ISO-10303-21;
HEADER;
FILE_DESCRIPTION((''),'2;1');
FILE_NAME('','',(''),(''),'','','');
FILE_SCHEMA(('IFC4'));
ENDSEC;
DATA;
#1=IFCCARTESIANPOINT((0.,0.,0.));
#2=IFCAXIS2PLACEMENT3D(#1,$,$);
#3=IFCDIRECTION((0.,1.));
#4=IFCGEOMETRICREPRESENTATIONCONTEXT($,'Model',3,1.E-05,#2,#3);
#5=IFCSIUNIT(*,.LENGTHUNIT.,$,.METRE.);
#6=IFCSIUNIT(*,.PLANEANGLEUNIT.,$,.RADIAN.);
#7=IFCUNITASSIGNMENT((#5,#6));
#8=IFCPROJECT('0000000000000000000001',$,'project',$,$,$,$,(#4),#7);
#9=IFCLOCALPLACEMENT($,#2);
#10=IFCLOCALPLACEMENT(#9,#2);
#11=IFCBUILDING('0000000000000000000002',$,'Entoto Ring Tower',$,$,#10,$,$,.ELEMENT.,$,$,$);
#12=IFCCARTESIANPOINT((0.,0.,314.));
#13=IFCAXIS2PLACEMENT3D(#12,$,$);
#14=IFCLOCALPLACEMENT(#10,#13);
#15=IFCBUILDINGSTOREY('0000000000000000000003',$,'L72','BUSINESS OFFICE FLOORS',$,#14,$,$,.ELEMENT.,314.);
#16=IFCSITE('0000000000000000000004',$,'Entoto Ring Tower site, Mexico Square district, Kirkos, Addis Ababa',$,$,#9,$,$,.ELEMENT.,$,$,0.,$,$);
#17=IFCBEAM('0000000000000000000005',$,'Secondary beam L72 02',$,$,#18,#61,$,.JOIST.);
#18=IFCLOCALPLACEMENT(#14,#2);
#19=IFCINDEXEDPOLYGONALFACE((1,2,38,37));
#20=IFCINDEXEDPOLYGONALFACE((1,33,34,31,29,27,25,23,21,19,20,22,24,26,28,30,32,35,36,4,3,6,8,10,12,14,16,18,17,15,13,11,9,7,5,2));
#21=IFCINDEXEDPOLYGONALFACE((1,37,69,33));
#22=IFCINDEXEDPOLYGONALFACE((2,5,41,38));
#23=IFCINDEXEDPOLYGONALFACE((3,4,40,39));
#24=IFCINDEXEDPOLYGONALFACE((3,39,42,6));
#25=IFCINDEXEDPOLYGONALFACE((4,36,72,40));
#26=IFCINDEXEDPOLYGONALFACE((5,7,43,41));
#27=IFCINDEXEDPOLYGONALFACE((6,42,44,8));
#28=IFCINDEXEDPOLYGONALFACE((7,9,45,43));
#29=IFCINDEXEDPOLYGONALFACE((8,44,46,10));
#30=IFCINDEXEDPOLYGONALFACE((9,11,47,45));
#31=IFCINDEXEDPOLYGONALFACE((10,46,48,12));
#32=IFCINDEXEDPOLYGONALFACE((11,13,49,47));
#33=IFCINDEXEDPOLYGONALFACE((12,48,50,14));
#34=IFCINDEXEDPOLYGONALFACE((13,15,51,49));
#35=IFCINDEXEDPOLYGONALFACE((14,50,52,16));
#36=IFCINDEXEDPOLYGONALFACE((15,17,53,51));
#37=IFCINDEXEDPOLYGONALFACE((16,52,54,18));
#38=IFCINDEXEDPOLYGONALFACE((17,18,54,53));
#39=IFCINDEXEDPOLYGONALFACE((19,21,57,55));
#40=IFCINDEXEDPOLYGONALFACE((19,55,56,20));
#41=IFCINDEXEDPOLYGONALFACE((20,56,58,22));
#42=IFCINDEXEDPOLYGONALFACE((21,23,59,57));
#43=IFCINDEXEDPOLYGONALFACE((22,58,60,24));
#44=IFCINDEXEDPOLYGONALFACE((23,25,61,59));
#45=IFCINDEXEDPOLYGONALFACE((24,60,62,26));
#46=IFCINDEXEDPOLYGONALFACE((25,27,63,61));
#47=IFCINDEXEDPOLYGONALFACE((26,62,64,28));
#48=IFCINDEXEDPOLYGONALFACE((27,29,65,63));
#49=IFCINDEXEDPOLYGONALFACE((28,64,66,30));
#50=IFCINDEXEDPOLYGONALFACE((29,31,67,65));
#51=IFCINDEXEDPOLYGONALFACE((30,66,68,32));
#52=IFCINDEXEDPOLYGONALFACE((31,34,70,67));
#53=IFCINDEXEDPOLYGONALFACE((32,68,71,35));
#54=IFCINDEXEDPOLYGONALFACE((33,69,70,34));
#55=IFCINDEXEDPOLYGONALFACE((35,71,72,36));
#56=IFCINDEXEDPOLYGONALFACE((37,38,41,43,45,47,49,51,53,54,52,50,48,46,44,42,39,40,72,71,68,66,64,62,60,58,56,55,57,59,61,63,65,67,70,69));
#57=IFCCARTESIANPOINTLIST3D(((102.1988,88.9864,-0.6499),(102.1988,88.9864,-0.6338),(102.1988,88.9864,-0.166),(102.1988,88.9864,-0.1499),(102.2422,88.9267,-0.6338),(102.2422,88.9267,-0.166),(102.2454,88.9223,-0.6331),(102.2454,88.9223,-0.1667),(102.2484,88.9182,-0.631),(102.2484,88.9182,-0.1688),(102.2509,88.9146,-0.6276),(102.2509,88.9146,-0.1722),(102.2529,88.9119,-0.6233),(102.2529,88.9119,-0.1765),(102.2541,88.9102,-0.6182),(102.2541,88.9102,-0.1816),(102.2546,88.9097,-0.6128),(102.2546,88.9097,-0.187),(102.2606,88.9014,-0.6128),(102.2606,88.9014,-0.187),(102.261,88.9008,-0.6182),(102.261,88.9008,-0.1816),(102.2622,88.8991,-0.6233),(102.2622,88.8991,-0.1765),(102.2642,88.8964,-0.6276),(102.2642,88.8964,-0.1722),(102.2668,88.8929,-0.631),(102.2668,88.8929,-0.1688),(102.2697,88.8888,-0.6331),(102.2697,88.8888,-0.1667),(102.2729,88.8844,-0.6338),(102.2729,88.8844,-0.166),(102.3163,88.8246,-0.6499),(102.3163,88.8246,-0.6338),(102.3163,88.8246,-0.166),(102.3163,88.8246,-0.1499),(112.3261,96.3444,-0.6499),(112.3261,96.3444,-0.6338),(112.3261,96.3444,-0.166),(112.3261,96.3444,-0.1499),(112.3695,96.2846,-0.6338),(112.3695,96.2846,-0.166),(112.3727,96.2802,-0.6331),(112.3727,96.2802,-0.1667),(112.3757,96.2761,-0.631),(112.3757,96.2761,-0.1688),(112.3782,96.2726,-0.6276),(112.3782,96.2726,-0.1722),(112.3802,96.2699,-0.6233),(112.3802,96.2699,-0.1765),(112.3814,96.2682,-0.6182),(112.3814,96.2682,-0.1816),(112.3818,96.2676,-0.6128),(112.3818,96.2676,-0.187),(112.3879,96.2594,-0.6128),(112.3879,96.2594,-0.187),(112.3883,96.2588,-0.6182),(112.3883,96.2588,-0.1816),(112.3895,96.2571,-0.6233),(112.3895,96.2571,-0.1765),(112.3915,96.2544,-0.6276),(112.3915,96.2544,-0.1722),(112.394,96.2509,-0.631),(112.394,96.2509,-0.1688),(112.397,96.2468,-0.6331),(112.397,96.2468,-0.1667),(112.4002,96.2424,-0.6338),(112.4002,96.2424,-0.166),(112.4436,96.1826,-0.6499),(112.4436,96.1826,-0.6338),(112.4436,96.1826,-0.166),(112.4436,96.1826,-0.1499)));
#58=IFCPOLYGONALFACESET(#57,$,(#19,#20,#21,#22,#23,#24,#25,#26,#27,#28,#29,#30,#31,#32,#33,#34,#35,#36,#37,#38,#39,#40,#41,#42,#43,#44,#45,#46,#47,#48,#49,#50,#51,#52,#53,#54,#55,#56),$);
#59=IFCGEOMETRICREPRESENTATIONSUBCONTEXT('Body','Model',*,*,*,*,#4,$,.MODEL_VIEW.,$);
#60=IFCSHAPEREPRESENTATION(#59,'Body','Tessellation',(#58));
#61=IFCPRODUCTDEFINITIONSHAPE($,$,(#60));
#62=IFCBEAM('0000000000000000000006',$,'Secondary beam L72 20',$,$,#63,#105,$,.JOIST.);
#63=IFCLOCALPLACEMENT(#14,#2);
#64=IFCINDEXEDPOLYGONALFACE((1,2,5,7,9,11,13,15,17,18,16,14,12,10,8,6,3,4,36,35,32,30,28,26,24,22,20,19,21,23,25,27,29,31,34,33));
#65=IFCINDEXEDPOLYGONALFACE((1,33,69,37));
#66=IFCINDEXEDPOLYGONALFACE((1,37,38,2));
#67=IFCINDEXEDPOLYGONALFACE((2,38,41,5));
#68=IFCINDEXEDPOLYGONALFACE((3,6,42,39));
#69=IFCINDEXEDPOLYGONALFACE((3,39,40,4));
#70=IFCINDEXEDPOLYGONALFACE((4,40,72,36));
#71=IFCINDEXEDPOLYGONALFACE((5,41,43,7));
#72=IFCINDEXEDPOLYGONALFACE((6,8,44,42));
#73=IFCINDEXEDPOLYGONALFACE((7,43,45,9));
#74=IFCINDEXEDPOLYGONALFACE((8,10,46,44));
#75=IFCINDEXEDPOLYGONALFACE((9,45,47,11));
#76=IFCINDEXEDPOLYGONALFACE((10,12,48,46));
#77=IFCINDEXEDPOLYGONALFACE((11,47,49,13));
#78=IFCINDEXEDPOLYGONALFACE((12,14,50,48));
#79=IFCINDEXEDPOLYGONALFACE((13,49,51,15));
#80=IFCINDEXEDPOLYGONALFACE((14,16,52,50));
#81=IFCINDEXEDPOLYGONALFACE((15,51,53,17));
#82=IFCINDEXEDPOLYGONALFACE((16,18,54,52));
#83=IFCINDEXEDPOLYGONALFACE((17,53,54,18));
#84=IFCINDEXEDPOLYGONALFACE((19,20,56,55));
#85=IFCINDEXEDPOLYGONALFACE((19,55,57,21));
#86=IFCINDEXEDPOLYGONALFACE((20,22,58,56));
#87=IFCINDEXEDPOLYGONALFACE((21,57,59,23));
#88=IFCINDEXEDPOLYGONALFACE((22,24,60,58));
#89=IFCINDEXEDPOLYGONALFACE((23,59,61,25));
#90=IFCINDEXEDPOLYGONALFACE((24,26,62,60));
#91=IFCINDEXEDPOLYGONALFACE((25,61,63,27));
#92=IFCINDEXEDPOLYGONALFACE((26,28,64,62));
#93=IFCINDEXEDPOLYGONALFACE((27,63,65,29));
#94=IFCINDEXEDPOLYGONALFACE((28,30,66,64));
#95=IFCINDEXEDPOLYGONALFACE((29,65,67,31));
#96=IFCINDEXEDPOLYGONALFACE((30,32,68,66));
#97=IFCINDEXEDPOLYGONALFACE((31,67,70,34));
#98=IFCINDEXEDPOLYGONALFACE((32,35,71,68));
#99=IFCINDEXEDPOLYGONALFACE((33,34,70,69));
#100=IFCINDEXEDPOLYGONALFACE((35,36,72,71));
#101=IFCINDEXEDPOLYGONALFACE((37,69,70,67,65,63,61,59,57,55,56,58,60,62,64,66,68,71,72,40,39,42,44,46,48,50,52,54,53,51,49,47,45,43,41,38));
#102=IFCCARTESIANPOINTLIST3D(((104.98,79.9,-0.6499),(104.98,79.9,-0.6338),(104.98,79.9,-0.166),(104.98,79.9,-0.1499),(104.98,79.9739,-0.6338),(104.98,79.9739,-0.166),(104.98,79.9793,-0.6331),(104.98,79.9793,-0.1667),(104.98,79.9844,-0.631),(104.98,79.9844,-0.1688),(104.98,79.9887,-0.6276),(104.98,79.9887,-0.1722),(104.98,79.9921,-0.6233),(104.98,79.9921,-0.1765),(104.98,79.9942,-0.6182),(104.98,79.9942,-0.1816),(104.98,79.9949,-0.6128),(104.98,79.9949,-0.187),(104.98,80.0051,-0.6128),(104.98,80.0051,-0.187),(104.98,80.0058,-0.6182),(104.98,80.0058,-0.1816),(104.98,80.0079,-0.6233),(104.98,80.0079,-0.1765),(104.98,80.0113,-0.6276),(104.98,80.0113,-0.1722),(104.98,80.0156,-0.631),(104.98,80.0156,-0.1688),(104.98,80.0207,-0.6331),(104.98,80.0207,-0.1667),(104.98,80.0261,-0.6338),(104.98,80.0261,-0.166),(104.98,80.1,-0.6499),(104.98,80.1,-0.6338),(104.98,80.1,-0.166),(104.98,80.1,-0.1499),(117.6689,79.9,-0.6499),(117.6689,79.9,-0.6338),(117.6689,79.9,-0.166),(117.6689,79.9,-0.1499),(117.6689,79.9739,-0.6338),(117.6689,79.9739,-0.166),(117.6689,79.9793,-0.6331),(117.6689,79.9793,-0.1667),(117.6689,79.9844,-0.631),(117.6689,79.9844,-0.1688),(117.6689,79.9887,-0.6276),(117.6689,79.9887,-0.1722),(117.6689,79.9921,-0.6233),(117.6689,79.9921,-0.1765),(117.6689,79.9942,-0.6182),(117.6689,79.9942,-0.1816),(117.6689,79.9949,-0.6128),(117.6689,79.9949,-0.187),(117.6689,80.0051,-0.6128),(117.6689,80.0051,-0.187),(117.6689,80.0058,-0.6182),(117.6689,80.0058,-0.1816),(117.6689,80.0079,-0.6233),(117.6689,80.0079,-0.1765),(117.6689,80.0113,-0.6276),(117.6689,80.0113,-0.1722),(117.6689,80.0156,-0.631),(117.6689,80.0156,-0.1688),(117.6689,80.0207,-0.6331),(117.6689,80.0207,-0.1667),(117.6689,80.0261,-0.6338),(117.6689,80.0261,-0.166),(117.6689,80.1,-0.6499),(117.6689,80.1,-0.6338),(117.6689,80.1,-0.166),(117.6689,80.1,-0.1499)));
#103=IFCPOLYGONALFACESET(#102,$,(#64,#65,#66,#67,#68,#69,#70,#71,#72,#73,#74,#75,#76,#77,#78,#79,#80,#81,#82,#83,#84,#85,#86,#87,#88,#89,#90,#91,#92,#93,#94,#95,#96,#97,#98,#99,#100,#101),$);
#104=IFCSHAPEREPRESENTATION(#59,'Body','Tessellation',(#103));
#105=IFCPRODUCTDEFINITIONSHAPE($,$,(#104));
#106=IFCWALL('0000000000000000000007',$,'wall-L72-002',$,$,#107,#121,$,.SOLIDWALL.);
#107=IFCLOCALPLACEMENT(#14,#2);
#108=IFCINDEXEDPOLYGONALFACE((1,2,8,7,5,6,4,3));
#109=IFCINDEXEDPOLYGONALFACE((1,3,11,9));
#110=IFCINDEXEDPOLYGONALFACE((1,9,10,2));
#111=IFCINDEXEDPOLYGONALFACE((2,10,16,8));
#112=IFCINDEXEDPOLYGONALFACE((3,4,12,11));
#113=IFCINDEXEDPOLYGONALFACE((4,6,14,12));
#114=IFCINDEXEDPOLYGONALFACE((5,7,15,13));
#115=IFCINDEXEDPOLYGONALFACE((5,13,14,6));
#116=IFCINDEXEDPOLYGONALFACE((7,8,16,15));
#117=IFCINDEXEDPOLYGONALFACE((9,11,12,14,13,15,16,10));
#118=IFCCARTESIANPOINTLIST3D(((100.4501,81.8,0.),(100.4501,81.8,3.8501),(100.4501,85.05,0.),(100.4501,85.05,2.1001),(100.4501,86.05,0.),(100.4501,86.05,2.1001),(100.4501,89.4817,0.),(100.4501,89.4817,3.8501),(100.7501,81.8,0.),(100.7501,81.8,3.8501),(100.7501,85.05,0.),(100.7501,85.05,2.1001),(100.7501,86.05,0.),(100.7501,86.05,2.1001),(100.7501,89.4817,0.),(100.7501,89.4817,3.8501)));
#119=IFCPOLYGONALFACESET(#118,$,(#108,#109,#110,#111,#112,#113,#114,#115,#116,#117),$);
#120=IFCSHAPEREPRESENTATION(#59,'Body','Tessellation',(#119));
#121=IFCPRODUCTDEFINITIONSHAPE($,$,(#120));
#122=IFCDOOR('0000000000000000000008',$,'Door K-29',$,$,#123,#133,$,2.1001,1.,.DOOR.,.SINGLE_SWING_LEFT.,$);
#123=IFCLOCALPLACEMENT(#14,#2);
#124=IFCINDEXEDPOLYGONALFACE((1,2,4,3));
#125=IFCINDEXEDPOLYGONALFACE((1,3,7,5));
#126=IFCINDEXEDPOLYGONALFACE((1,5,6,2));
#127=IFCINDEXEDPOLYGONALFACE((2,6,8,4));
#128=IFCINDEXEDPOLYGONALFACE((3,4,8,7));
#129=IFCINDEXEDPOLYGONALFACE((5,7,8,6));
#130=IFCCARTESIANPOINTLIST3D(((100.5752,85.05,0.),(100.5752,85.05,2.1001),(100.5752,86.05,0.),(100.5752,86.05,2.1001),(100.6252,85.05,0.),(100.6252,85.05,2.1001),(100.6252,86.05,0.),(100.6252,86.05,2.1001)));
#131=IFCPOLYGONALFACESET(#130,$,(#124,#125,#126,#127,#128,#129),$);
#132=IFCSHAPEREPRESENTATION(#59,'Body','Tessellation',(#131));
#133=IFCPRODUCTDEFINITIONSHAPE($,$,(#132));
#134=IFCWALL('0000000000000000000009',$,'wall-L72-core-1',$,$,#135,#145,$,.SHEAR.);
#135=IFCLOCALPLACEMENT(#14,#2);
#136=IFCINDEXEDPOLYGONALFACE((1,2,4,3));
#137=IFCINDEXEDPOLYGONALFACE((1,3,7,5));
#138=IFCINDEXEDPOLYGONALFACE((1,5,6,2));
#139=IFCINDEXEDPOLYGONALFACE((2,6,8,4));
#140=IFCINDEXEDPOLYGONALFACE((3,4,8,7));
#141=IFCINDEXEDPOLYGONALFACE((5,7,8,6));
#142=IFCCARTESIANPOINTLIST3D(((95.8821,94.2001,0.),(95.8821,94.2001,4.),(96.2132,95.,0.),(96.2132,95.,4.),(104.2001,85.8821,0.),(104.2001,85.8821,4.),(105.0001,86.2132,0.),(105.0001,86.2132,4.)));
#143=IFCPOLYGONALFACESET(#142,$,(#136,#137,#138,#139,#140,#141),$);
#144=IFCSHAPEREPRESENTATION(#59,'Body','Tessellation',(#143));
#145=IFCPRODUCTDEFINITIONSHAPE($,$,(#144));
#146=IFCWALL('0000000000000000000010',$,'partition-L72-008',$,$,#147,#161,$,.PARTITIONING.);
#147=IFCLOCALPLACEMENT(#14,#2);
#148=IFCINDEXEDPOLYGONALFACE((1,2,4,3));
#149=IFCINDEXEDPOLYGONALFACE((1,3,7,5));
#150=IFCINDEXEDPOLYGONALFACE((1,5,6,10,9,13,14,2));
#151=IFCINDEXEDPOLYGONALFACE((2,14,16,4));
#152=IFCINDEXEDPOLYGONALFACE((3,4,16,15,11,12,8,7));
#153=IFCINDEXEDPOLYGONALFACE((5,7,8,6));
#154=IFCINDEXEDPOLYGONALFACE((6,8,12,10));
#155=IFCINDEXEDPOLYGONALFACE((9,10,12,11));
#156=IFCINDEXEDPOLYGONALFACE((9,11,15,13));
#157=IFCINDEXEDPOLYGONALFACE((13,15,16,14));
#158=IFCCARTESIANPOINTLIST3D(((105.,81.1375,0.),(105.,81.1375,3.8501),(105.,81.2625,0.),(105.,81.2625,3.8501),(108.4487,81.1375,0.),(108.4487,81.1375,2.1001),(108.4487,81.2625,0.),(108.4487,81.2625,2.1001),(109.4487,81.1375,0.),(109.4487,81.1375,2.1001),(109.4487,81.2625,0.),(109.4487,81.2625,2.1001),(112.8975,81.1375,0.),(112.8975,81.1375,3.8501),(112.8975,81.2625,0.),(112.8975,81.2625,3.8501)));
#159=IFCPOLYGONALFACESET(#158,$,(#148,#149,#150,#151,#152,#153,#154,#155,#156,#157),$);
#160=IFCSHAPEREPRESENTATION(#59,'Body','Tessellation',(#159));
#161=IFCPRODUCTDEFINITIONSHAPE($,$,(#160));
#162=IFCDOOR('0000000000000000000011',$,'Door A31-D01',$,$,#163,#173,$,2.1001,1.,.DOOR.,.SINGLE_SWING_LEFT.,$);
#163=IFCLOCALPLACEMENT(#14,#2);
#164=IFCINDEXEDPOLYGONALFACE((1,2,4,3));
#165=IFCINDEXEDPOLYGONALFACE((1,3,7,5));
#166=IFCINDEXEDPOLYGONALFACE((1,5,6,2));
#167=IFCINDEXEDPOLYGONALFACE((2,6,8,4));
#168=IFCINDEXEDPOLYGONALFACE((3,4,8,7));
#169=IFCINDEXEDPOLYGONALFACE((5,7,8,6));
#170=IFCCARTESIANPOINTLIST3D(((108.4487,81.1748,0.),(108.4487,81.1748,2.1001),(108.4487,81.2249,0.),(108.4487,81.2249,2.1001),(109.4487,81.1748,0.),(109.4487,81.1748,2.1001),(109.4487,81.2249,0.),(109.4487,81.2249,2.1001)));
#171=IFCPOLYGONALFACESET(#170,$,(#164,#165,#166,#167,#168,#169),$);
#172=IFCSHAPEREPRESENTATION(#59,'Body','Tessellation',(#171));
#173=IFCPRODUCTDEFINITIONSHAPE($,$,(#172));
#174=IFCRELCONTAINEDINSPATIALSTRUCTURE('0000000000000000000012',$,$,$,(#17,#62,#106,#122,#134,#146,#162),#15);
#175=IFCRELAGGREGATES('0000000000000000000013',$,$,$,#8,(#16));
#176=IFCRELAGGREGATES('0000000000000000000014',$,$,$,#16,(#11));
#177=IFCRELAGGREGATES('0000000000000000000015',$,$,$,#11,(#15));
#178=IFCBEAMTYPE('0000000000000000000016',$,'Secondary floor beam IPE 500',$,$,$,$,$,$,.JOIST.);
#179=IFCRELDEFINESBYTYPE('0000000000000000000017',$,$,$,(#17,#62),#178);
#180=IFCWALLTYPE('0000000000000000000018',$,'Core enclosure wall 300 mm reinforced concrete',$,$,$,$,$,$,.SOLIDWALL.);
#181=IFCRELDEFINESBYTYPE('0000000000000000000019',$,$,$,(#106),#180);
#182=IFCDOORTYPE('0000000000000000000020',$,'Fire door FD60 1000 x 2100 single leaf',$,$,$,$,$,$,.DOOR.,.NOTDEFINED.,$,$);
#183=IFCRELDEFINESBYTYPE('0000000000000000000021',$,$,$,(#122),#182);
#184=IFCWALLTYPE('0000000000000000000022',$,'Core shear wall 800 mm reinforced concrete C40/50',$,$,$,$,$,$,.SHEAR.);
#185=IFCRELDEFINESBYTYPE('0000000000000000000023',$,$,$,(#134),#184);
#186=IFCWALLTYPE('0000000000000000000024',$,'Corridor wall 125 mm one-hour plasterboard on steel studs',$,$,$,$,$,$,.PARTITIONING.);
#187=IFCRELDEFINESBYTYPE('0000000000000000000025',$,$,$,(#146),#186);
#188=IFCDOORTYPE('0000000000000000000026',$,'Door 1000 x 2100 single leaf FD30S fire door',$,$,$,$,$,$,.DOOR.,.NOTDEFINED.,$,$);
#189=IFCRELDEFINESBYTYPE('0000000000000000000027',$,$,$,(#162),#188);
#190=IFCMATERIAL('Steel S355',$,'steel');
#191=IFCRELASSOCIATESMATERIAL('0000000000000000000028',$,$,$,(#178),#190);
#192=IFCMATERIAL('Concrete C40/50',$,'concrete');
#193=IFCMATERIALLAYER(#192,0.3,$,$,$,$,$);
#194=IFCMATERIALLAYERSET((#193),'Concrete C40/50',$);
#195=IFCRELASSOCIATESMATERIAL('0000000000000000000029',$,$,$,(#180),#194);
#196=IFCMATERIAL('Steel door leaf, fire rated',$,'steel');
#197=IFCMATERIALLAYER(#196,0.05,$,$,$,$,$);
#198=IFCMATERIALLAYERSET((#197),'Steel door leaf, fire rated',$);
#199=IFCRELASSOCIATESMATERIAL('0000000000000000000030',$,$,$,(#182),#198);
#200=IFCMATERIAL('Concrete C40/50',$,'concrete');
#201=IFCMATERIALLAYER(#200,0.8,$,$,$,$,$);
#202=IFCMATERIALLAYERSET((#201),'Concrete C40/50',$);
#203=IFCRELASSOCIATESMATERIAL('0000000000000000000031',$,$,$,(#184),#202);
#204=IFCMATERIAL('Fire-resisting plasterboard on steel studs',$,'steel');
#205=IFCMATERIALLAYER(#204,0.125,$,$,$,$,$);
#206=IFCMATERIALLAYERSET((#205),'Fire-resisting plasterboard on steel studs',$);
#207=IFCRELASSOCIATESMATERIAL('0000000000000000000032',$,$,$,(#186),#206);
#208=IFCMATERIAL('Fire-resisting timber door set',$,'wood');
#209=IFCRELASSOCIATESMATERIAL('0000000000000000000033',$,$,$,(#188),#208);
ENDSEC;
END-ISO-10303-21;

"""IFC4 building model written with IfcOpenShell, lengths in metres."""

from ifc_helpers import new_model, si_unit, direction, frame, frame_2d, origin, origin_2d, place, context, subcontext, project, spatial, polyline, rectangle, i_section, outline, extrude, material, layer, layer_set, material_profile, profile_set, type_object, element, fill, save


model = new_model("IFC4")

# Units and contexts
model_context = context("Model", 3, precision=1e-05, world=origin(), true_north=direction((0.0, 1.0)))
body_context = subcontext(model_context, "Body", "Model", "MODEL_VIEW")
ifc_project = project(units=[si_unit("LENGTHUNIT", "METRE"), si_unit("PLANEANGLEUNIT", "RADIAN")], contexts=[model_context])

# Site, building, storey
site_placement = place(None, origin())
site = spatial("IfcSite", under=ifc_project, at=site_placement, Name="Entoto Ring Tower site, Mexico Square district, Kirkos, Addis Ababa", CompositionType="ELEMENT", RefElevation=0.0)
building_placement = place(site_placement, origin())
building = spatial("IfcBuilding", under=site, at=building_placement, Name="Entoto Ring Tower", CompositionType="ELEMENT")
storey_placement = place(building_placement, frame((0.0, 0.0, 314.0)))
storey = spatial("IfcBuildingStorey", under=building, at=storey_placement, Name="L72", Description="BUSINESS OFFICE FLOORS", CompositionType="ELEMENT", Elevation=314.0)

# Beams
ifc_material_1 = material(Name="Steel S355", Category="steel")
ifc_material_profile_1 = material_profile(ifc_material_1, i_section(OverallWidth=0.2, OverallDepth=0.5, WebThickness=0.0103, FlangeThickness=0.0161, FilletRadius=0.021, at=origin_2d()), Name="IPE 500")
ifc_profile_set_1 = profile_set([ifc_material_profile_1], Name="Steel S355")
beam_type_1 = type_object("IfcBeamType", Name="Secondary floor beam IPE 500", PredefinedType="JOIST", material=ifc_profile_set_1)
beam_1_placement = place(storey_placement, frame((102.2576, 88.9055, -0.3999), z_axis=(0.809014, 0.587789, 0.0), x_axis=(-0.587789, 0.809014, 0.0)))
element("IfcBeam", 1, at=beam_1_placement, inside=storey, type_object=beam_type_1, Name="Secondary beam L72 02", PredefinedType="JOIST", context=body_context, shape_type="SweptSolid", body=[
    extrude(i_section(OverallWidth=0.2, OverallDepth=0.5, WebThickness=0.0103, FlangeThickness=0.0161, FilletRadius=0.021, at=origin_2d()), origin(), (0.0, 0.0, 1.0), 12.5181),
])
beam_2_placement = place(storey_placement, frame((104.98, 80.0, -0.3999), z_axis=(1.0, 0.0, 0.0), x_axis=(0.0, 1.0, 0.0)))
element("IfcBeam", 2, at=beam_2_placement, inside=storey, type_object=beam_type_1, Name="Secondary beam L72 20", PredefinedType="JOIST", context=body_context, shape_type="SweptSolid", body=[
    extrude(i_section(OverallWidth=0.2, OverallDepth=0.5, WebThickness=0.0103, FlangeThickness=0.0161, FilletRadius=0.021, at=origin_2d()), origin(), (0.0, 0.0, 1.0), 12.689),
])

# Wall, opening, door
ifc_material_2 = material(Name="Concrete C40/50", Category="concrete")
ifc_layer_1 = layer(ifc_material_2, 0.3)
ifc_layer_set_1 = layer_set([ifc_layer_1], Name="Concrete C40/50")
wall_type_1 = type_object("IfcWallType", Name="Core enclosure wall 300 mm reinforced concrete", PredefinedType="SOLIDWALL", material=ifc_layer_set_1)
wall_1_placement = place(storey_placement, frame((100.6001, 81.8, 0.0), z_axis=(0.0, 0.0, 1.0), x_axis=(0.0, 1.0, 0.0)))
wall_1 = element("IfcWall", 3, at=wall_1_placement, inside=storey, type_object=wall_type_1, Name="wall-L72-002", PredefinedType="SOLIDWALL", context=body_context, shape_type="SweptSolid", body=[
    extrude(rectangle(XDim=7.6816, YDim=0.3, at=frame_2d((3.8408, 0.0))), origin(), (0.0, 0.0, 1.0), 3.8501),
])
opening_1_placement = place(wall_1_placement, frame((3.25, 0.0, 0.0)))
opening_1 = element("IfcOpeningElement", 4, at=opening_1_placement, cuts=wall_1, PredefinedType="OPENING", context=body_context, shape_type="SweptSolid", body=[
    extrude(rectangle(XDim=1.0, YDim=2.1001, at=frame_2d((0.5, 1.05))), frame((0.0, 0.1602, 0.0), z_axis=(0.0, -1.0, 0.0), x_axis=(1.0, 0.0, 0.0)), (0.0, 0.0, 1.0), 0.3201),
])
ifc_material_3 = material(Name="Steel door leaf, fire rated", Category="steel")
ifc_layer_2 = layer(ifc_material_3, 0.05)
ifc_layer_set_2 = layer_set([ifc_layer_2], Name="Steel door leaf, fire rated")
door_type_1 = type_object("IfcDoorType", Name="Fire door FD60 1000 x 2100 single leaf", OperationType="NOTDEFINED", PredefinedType="DOOR", material=ifc_layer_set_2)
door_1_placement = place(opening_1_placement, origin())
door_1 = element("IfcDoor", 5, at=door_1_placement, inside=storey, type_object=door_type_1, Name="Door K-29", OperationType="SINGLE_SWING_LEFT", OverallHeight=2.1001, OverallWidth=1.0, PredefinedType="DOOR", context=body_context, shape_type="SweptSolid", body=[
    extrude(rectangle(XDim=1.0, YDim=2.1001, at=frame_2d((0.5, 1.05))), frame((0.0, 0.0249, 0.0), z_axis=(0.0, -1.0, 0.0), x_axis=(1.0, 0.0, 0.0)), (0.0, 0.0, 1.0), 0.05),
])
fill(opening_1, door_1)

# Wall
ifc_material_4 = material(Name="Concrete C40/50", Category="concrete")
ifc_layer_3 = layer(ifc_material_4, 0.8)
ifc_layer_set_3 = layer_set([ifc_layer_3], Name="Concrete C40/50")
wall_type_2 = type_object("IfcWallType", Name="Core shear wall 800 mm reinforced concrete C40/50", PredefinedType="SHEAR", material=ifc_layer_set_3)
wall_2_placement = place(storey_placement, frame((104.6001, 86.0476, 0.0), z_axis=(0.0, 0.0, 1.0), x_axis=(-0.707107, 0.707107, 0.0)))
element("IfcWall", 6, at=wall_2_placement, inside=storey, type_object=wall_type_2, Name="wall-L72-core-1", PredefinedType="SHEAR", context=body_context, shape_type="SweptSolid", body=[
    extrude(outline(polyline([(-0.1658, -0.3999), (12.2607, -0.3999), (11.9292, 0.3999), (0.1658, 0.3999), (-0.1658, -0.3999)])), origin(), (0.0, 0.0, 1.0), 4.0),
])

# Wall, opening, door
ifc_material_5 = material(Name="Fire-resisting plasterboard on steel studs", Category="steel")
ifc_layer_4 = layer(ifc_material_5, 0.125)
ifc_layer_set_4 = layer_set([ifc_layer_4], Name="Fire-resisting plasterboard on steel studs")
wall_type_3 = type_object("IfcWallType", Name="Corridor wall 125 mm one-hour plasterboard on steel studs", PredefinedType="PARTITIONING", material=ifc_layer_set_4)
wall_3_placement = place(storey_placement, frame((105.0, 81.2, 0.0), z_axis=(0.0, 0.0, 1.0), x_axis=(1.0, 0.0, 0.0)))
wall_3 = element("IfcWall", 7, at=wall_3_placement, inside=storey, type_object=wall_type_3, Name="partition-L72-008", PredefinedType="PARTITIONING", context=body_context, shape_type="SweptSolid", body=[
    extrude(rectangle(XDim=7.8975, YDim=0.125, at=frame_2d((3.9487, 0.0))), origin(), (0.0, 0.0, 1.0), 3.8501),
])
opening_2_placement = place(wall_3_placement, frame((3.4487, 0.0, 0.0)))
opening_2 = element("IfcOpeningElement", 8, at=opening_2_placement, cuts=wall_3, PredefinedType="OPENING", context=body_context, shape_type="SweptSolid", body=[
    extrude(rectangle(XDim=1.0, YDim=2.1001, at=frame_2d((0.5, 1.05))), frame((0.0, 0.0725, 0.0), z_axis=(0.0, -1.0, 0.0), x_axis=(1.0, 0.0, 0.0)), (0.0, 0.0, 1.0), 0.145),
])
ifc_material_6 = material(Name="Fire-resisting timber door set", Category="wood")
door_type_2 = type_object("IfcDoorType", Name="Door 1000 x 2100 single leaf FD30S fire door", OperationType="NOTDEFINED", PredefinedType="DOOR", material=ifc_material_6)
door_2_placement = place(opening_2_placement, origin())
door_2 = element("IfcDoor", 9, at=door_2_placement, inside=storey, type_object=door_type_2, Name="Door A31-D01", OperationType="SINGLE_SWING_LEFT", OverallHeight=2.1001, OverallWidth=1.0, PredefinedType="DOOR", context=body_context, shape_type="SweptSolid", body=[
    extrude(rectangle(XDim=1.0, YDim=2.1001, at=frame_2d((0.5, 1.05))), frame((0.0, 0.0249, 0.0), z_axis=(0.0, -1.0, 0.0), x_axis=(1.0, 0.0, 0.0)), (0.0, 0.0, 1.0), 0.05),
])
fill(opening_2, door_2)

save(model, "model.ifc")
